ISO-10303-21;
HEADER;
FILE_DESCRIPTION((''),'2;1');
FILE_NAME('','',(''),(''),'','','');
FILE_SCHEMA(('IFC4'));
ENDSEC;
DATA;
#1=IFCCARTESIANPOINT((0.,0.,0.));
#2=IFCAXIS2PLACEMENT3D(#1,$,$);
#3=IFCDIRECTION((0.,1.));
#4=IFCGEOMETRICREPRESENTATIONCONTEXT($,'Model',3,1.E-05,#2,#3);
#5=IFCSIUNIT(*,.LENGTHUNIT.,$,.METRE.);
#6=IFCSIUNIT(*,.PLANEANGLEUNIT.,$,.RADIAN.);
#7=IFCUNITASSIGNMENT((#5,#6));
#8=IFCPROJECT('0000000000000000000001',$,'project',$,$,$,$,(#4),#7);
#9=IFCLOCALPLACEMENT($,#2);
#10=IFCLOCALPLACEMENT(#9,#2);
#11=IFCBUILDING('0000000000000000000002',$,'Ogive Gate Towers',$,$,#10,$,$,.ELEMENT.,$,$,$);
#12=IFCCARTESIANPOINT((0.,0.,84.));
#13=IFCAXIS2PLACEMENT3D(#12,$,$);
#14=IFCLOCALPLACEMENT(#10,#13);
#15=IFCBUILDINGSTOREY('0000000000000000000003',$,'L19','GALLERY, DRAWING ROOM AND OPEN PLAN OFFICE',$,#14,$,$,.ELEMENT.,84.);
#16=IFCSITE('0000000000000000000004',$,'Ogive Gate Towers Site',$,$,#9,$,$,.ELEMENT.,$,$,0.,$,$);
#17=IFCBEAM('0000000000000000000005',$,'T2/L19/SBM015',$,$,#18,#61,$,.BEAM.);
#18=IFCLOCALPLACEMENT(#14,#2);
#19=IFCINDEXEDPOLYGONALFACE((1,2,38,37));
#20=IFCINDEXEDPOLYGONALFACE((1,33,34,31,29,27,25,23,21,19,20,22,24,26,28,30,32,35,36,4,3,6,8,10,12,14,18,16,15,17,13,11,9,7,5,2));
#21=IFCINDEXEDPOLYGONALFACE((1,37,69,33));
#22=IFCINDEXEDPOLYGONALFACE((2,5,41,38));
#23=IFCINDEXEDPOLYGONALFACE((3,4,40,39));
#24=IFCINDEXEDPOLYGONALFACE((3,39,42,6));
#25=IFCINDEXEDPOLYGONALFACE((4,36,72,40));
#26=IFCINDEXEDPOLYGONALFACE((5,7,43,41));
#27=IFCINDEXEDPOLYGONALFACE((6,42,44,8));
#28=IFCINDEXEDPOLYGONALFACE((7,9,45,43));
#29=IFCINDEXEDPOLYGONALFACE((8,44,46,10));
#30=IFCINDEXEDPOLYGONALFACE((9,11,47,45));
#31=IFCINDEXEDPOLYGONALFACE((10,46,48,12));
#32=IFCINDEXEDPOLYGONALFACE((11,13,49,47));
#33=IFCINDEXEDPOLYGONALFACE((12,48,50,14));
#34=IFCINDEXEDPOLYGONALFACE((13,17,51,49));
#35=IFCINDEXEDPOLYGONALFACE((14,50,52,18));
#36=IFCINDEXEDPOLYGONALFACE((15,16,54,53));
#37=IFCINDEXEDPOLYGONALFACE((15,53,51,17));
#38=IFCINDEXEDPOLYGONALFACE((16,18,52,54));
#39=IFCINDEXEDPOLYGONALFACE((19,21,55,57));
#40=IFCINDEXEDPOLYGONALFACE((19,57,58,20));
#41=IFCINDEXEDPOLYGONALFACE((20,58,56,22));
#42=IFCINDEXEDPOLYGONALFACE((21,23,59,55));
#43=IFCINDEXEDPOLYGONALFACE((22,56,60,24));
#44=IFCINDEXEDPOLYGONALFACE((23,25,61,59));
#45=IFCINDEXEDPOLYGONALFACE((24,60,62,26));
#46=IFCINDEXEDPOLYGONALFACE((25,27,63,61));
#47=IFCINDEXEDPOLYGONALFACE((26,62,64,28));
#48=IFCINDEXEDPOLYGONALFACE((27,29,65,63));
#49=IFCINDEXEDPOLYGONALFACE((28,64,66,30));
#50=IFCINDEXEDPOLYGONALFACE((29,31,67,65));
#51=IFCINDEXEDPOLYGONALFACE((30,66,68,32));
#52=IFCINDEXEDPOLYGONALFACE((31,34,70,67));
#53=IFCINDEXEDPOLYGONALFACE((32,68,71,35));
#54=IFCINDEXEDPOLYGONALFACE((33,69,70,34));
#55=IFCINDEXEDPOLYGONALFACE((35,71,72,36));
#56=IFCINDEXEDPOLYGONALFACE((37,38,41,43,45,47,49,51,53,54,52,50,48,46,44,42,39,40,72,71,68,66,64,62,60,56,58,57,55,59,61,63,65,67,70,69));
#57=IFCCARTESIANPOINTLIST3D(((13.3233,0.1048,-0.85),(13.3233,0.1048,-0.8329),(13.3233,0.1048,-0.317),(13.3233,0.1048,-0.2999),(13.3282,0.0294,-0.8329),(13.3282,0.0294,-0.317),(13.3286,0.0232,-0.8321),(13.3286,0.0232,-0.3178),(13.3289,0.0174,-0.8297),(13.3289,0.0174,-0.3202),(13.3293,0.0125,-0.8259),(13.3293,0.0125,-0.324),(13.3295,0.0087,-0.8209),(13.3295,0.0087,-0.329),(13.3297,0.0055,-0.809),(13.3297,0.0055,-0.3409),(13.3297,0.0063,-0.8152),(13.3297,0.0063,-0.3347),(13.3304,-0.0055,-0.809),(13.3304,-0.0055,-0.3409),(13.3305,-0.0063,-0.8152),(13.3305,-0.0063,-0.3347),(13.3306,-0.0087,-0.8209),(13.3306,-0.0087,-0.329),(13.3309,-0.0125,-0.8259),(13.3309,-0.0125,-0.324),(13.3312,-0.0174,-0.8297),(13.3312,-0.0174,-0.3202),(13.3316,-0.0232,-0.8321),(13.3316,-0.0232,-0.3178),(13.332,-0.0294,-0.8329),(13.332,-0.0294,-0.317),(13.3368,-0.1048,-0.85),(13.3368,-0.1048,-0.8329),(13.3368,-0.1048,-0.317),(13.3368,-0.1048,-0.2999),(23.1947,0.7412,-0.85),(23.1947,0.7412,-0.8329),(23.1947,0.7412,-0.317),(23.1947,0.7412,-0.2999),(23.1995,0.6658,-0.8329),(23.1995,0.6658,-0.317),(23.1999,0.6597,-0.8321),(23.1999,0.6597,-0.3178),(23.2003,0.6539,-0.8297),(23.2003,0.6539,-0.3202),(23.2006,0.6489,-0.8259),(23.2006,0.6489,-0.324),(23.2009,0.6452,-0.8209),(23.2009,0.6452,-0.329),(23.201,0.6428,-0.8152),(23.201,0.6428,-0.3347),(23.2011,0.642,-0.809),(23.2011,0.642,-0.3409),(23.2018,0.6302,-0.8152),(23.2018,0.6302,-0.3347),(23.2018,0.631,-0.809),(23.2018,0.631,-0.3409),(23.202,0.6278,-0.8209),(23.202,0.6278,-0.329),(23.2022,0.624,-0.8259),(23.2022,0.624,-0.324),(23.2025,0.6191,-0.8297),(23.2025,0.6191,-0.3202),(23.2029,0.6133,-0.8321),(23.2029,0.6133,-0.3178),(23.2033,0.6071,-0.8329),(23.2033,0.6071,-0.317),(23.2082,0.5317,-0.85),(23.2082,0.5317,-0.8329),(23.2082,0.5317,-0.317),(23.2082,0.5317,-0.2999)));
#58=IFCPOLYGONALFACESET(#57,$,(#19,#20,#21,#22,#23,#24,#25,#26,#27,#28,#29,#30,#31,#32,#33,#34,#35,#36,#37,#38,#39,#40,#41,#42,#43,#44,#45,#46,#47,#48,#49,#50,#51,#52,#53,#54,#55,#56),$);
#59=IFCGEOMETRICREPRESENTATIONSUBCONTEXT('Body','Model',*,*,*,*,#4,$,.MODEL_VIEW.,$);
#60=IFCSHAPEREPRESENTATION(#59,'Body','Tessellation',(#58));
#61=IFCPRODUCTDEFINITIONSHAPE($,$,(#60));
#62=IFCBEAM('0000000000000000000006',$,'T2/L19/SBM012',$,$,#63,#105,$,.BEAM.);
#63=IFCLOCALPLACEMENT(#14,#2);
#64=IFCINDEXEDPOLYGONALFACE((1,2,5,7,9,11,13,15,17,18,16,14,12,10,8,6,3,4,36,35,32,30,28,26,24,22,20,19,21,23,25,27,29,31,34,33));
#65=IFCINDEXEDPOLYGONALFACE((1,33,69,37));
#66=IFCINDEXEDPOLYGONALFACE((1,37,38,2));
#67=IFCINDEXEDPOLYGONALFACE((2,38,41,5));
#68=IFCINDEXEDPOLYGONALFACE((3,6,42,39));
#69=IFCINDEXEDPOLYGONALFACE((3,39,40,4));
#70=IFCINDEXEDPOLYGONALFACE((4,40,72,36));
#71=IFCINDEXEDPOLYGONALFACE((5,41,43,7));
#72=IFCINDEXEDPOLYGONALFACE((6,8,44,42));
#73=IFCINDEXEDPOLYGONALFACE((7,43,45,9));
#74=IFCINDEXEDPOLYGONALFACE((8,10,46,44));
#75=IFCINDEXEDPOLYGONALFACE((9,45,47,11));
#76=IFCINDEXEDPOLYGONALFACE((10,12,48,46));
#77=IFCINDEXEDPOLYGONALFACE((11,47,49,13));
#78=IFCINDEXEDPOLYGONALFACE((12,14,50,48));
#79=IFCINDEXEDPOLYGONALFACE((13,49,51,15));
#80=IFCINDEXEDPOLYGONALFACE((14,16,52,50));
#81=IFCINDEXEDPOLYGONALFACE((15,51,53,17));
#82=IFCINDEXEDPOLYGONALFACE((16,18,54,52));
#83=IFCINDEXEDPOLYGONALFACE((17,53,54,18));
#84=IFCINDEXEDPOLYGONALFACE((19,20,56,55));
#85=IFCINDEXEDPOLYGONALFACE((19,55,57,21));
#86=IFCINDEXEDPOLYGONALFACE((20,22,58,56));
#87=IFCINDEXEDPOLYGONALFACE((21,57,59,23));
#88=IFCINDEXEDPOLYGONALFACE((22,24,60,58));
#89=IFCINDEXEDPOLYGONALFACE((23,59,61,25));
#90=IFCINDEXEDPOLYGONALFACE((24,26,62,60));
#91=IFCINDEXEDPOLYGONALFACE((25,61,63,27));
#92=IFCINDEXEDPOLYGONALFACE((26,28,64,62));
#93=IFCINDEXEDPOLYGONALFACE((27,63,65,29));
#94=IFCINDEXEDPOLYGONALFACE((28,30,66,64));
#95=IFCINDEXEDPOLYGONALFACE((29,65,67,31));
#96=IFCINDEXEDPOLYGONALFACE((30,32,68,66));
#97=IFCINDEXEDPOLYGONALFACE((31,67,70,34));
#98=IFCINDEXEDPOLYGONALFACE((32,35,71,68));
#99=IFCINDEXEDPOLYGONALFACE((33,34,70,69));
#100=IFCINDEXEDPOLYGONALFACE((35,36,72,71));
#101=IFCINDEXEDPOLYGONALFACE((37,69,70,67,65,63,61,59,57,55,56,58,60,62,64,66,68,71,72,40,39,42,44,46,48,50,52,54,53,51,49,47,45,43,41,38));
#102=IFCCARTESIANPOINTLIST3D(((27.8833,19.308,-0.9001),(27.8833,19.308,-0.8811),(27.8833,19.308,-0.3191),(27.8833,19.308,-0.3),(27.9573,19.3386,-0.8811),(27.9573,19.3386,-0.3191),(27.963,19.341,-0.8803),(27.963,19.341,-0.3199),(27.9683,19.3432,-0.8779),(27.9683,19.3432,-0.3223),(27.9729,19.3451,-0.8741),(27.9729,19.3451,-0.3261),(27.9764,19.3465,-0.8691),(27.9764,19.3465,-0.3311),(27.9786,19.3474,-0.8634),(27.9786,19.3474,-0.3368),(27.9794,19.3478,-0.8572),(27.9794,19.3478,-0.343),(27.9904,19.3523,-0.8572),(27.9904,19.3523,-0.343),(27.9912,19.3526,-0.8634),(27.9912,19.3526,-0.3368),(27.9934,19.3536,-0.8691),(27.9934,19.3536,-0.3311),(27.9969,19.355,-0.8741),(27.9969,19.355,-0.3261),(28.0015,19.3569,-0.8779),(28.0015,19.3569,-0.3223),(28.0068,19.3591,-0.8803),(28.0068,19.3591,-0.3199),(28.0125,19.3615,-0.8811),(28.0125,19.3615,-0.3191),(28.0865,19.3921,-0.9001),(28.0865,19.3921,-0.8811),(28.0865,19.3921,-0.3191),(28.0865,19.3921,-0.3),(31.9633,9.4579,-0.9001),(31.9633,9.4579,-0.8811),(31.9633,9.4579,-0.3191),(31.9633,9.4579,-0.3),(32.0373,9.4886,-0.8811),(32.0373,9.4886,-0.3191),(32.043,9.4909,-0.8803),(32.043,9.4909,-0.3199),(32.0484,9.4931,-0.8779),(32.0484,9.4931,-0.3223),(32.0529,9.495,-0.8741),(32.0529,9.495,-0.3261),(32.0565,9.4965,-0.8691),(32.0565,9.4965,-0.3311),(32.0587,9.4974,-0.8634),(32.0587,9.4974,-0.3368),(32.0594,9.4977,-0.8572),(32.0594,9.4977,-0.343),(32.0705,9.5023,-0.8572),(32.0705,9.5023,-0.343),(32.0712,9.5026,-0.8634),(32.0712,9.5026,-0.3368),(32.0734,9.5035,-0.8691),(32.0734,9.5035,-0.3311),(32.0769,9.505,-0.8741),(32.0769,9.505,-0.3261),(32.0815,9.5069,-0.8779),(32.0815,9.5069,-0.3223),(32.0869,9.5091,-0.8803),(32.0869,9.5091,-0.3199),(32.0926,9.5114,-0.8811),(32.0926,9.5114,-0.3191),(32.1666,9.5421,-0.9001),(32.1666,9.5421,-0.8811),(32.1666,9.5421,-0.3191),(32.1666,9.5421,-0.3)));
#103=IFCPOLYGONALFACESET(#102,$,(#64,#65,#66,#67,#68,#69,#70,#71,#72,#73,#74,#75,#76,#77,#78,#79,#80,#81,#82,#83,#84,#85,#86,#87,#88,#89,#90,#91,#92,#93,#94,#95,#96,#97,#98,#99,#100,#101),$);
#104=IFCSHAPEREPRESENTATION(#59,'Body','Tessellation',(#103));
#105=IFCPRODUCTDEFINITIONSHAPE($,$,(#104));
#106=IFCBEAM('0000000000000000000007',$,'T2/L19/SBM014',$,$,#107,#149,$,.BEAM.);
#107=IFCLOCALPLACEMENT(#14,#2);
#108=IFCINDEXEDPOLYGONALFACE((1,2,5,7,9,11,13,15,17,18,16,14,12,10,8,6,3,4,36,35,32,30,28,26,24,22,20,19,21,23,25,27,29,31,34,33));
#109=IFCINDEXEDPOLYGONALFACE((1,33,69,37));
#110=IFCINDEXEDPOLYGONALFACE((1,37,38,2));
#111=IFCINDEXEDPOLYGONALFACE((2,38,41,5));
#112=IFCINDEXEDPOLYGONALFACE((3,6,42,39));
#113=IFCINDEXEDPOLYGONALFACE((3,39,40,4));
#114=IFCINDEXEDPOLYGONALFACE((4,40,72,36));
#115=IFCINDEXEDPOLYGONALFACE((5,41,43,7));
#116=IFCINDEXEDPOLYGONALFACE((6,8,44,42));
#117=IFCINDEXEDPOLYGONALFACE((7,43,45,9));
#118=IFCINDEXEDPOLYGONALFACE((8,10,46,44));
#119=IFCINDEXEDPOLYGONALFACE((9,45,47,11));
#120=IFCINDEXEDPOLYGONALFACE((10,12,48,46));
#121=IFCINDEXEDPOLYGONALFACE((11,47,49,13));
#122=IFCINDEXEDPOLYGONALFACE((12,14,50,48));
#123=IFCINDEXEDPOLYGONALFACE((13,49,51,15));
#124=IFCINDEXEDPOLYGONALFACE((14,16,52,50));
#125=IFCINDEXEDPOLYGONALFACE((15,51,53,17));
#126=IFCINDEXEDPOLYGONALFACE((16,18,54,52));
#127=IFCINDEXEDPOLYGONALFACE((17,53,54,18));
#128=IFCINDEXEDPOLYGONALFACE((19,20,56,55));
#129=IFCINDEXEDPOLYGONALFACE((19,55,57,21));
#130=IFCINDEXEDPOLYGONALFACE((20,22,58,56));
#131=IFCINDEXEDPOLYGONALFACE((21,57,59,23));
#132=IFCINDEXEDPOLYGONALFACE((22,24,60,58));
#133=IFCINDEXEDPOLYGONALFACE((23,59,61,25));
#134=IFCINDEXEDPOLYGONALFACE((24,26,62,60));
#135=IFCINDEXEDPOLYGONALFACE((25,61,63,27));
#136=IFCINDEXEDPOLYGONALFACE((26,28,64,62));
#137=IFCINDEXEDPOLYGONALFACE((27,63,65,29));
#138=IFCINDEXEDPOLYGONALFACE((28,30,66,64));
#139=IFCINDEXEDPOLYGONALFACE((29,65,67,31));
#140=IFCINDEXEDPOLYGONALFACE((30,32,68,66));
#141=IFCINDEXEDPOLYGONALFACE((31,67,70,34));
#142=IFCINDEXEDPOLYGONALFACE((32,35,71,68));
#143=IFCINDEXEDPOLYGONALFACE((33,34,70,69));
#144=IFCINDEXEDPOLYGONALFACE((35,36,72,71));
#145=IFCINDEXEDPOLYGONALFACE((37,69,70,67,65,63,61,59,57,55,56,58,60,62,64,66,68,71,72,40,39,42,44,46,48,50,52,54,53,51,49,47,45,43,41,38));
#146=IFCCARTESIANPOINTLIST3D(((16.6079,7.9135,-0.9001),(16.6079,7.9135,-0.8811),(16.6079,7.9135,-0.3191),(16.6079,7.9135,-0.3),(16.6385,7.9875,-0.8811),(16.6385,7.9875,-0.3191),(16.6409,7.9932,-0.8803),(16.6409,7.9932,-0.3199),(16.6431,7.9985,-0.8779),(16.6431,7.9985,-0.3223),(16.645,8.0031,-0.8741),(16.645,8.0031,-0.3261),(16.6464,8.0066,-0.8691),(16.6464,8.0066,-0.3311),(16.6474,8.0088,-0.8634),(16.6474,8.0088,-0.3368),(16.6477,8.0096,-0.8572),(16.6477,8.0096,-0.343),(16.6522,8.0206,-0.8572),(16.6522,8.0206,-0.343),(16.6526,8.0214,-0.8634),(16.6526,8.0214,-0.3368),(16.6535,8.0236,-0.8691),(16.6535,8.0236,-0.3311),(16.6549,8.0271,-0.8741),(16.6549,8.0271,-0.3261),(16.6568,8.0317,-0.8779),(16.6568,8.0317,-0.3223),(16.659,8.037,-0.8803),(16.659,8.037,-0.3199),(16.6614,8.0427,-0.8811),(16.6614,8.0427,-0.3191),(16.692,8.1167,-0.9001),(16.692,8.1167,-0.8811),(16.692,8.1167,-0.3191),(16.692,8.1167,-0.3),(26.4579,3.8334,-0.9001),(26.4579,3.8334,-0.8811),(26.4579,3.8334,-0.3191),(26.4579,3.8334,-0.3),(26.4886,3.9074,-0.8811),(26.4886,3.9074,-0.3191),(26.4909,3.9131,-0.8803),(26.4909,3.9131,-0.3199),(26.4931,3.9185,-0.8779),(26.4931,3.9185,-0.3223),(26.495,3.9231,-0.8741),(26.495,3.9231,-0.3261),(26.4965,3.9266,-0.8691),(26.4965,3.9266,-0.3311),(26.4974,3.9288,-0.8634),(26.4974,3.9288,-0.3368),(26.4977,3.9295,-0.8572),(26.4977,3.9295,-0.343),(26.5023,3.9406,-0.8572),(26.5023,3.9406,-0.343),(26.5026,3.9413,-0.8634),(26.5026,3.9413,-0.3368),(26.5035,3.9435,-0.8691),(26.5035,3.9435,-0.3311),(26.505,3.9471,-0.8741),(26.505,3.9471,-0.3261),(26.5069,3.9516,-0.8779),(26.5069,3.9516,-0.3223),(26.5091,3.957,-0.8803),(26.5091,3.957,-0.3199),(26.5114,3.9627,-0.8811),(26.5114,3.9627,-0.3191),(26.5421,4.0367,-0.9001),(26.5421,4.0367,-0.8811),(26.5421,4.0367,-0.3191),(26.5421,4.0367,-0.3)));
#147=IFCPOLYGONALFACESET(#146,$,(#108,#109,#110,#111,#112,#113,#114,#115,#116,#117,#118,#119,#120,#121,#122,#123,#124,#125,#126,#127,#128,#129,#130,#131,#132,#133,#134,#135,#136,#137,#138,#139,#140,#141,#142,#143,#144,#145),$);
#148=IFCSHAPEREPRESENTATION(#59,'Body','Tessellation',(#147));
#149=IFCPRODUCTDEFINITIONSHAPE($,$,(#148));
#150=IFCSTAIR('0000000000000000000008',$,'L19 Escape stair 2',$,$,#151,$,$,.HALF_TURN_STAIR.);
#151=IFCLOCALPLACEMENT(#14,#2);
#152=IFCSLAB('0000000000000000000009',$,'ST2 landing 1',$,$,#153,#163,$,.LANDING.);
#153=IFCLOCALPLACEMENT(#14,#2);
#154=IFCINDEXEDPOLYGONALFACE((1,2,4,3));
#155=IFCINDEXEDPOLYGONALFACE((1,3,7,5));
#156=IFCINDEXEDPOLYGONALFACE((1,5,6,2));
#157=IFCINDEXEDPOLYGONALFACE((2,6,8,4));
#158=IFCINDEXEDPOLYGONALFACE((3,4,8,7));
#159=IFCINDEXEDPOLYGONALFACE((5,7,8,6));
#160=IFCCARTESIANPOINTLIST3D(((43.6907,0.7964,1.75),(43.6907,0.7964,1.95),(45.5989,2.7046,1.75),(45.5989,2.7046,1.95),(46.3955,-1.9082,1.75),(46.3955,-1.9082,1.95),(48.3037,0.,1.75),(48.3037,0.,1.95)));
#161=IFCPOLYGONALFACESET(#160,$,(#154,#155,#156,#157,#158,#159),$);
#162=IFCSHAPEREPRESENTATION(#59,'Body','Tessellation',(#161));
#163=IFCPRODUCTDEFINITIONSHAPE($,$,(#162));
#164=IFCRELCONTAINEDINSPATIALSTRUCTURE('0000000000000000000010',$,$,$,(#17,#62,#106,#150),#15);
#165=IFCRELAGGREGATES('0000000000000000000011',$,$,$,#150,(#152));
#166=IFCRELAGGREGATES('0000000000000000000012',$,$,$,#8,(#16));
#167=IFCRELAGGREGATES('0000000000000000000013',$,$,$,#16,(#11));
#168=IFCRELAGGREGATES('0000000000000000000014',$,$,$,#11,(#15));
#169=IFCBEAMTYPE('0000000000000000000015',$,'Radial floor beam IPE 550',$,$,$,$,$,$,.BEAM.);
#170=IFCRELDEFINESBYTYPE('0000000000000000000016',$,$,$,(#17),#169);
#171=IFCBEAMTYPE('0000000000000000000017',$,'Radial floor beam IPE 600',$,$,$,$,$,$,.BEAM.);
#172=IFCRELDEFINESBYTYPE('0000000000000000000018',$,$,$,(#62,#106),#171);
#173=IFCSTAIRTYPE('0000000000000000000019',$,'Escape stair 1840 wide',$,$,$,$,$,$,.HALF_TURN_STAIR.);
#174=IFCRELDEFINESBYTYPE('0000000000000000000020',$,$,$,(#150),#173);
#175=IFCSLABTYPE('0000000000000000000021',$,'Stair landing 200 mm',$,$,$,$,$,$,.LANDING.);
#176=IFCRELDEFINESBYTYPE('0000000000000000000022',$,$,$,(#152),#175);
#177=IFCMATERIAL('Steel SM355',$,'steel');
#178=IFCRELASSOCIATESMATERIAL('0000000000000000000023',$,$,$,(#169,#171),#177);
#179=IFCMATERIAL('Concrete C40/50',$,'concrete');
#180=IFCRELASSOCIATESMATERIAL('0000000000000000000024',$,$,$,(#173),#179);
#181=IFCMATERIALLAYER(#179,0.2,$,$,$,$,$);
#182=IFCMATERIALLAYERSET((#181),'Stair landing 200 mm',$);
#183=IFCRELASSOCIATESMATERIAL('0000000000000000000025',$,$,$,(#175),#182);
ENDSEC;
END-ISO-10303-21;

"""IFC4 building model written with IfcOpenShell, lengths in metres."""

from ifc_helpers import new_model, si_unit, direction, frame, origin, origin_2d, place, context, subcontext, project, spatial, polyline, i_section, outline, extrude, material, layer, layer_set, material_profile, profile_set, type_object, element, aggregate, save


model = new_model("IFC4")

# Units and contexts
model_context = context("Model", 3, precision=1e-05, world=origin(), true_north=direction((0.0, 1.0)))
body_context = subcontext(model_context, "Body", "Model", "MODEL_VIEW")
ifc_project = project(units=[si_unit("LENGTHUNIT", "METRE"), si_unit("PLANEANGLEUNIT", "RADIAN")], contexts=[model_context])

# Site, building, storey
site_placement = place(None, origin())
site = spatial("IfcSite", under=ifc_project, at=site_placement, Name="Ogive Gate Towers Site", CompositionType="ELEMENT", RefElevation=0.0)
building_placement = place(site_placement, origin())
building = spatial("IfcBuilding", under=site, at=building_placement, Name="Ogive Gate Towers", CompositionType="ELEMENT")
storey_placement = place(building_placement, frame((0.0, 0.0, 84.0)))
storey = spatial("IfcBuildingStorey", under=building, at=storey_placement, Name="L19", Description="GALLERY, DRAWING ROOM AND OPEN PLAN OFFICE", CompositionType="ELEMENT", Elevation=84.0)

# Beams
ifc_material_1 = material(Name="Concrete C40/50", Category="concrete")
ifc_material_2 = material(Name="Steel SM355", Category="steel")
ifc_material_profile_1 = material_profile(ifc_material_2, i_section(OverallWidth=0.21, OverallDepth=0.55, WebThickness=0.011, FlangeThickness=0.0171, FilletRadius=0.0239, at=origin_2d()), Name="IPE 550")
ifc_profile_set_1 = profile_set([ifc_material_profile_1], Name="Steel SM355")
beam_type_1 = type_object("IfcBeamType", Name="Radial floor beam IPE 550", PredefinedType="BEAM", material=ifc_profile_set_1)
beam_1_placement = place(storey_placement, frame((23.2014, 0.6365, -0.575), z_axis=(-0.997928, -0.064343, 0.0), x_axis=(0.064343, -0.997928, 0.0)))
element("IfcBeam", 1, at=beam_1_placement, inside=storey, type_object=beam_type_1, Name="T2/L19/SBM015", PredefinedType="BEAM", context=body_context, shape_type="SweptSolid", body=[
    extrude(i_section(OverallWidth=0.21, OverallDepth=0.55, WebThickness=0.011, FlangeThickness=0.0171, FilletRadius=0.0239, at=origin_2d()), origin(), (0.0, 0.0, 1.0), 9.8918),
])
ifc_material_profile_2 = material_profile(ifc_material_2, i_section(OverallWidth=0.22, OverallDepth=0.6001, WebThickness=0.012, FlangeThickness=0.019, FilletRadius=0.0239, at=origin_2d()), Name="IPE 600")
ifc_profile_set_2 = profile_set([ifc_material_profile_2], Name="Steel SM355")
beam_type_2 = type_object("IfcBeamType", Name="Radial floor beam IPE 600", PredefinedType="BEAM", material=ifc_profile_set_2)
for number, where, z_axis, x_axis, name in (
    (2, (32.0649, 9.5, -0.6001), (-0.382686, 0.923878, 0.0), (-0.923878, -0.382686, 0.0), "T2/L19/SBM012"),
    (3, (26.5, 3.9351, -0.6001), (-0.923878, 0.382686, 0.0), (-0.382686, -0.923878, 0.0), "T2/L19/SBM014"),
):
    element("IfcBeam", number, at=place(storey_placement, frame(where, z_axis=z_axis, x_axis=x_axis)), inside=storey, type_object=beam_type_2, Name=name, PredefinedType="BEAM", context=body_context, shape_type="SweptSolid", body=[
        extrude(i_section(OverallWidth=0.22, OverallDepth=0.6001, WebThickness=0.012, FlangeThickness=0.019, FilletRadius=0.0239, at=origin_2d()), origin(), (0.0, 0.0, 1.0), 10.6616),
    ])

# Stair, slab
stair_type = type_object("IfcStairType", Name="Escape stair 1840 wide", PredefinedType="HALF_TURN_STAIR", material=ifc_material_1)
stair_1_placement = place(storey_placement, origin())
stair_1 = element("IfcStair", 4, at=stair_1_placement, inside=storey, type_object=stair_type, Name="L19 Escape stair 2", PredefinedType="HALF_TURN_STAIR")
ifc_layer_1 = layer(ifc_material_1, 0.2)
ifc_layer_set_1 = layer_set([ifc_layer_1], Name="Stair landing 200 mm")
slab_type = type_object("IfcSlabType", Name="Stair landing 200 mm", PredefinedType="LANDING", material=ifc_layer_set_1)
slab_placement = place(storey_placement, frame((0.0, 0.0, 1.75)))
slab = element("IfcSlab", 5, at=slab_placement, type_object=slab_type, Name="ST2 landing 1", PredefinedType="LANDING", context=body_context, shape_type="SweptSolid", body=[
    extrude(outline(polyline([(46.3955, -1.9082), (48.3037, 0.0), (45.5989, 2.7046), (43.6907, 0.7964), (46.3955, -1.9082)])), origin(), (0.0, 0.0, 1.0), 0.2),
])
aggregate(stair_1, [slab])

save(model, "model.ifc")
